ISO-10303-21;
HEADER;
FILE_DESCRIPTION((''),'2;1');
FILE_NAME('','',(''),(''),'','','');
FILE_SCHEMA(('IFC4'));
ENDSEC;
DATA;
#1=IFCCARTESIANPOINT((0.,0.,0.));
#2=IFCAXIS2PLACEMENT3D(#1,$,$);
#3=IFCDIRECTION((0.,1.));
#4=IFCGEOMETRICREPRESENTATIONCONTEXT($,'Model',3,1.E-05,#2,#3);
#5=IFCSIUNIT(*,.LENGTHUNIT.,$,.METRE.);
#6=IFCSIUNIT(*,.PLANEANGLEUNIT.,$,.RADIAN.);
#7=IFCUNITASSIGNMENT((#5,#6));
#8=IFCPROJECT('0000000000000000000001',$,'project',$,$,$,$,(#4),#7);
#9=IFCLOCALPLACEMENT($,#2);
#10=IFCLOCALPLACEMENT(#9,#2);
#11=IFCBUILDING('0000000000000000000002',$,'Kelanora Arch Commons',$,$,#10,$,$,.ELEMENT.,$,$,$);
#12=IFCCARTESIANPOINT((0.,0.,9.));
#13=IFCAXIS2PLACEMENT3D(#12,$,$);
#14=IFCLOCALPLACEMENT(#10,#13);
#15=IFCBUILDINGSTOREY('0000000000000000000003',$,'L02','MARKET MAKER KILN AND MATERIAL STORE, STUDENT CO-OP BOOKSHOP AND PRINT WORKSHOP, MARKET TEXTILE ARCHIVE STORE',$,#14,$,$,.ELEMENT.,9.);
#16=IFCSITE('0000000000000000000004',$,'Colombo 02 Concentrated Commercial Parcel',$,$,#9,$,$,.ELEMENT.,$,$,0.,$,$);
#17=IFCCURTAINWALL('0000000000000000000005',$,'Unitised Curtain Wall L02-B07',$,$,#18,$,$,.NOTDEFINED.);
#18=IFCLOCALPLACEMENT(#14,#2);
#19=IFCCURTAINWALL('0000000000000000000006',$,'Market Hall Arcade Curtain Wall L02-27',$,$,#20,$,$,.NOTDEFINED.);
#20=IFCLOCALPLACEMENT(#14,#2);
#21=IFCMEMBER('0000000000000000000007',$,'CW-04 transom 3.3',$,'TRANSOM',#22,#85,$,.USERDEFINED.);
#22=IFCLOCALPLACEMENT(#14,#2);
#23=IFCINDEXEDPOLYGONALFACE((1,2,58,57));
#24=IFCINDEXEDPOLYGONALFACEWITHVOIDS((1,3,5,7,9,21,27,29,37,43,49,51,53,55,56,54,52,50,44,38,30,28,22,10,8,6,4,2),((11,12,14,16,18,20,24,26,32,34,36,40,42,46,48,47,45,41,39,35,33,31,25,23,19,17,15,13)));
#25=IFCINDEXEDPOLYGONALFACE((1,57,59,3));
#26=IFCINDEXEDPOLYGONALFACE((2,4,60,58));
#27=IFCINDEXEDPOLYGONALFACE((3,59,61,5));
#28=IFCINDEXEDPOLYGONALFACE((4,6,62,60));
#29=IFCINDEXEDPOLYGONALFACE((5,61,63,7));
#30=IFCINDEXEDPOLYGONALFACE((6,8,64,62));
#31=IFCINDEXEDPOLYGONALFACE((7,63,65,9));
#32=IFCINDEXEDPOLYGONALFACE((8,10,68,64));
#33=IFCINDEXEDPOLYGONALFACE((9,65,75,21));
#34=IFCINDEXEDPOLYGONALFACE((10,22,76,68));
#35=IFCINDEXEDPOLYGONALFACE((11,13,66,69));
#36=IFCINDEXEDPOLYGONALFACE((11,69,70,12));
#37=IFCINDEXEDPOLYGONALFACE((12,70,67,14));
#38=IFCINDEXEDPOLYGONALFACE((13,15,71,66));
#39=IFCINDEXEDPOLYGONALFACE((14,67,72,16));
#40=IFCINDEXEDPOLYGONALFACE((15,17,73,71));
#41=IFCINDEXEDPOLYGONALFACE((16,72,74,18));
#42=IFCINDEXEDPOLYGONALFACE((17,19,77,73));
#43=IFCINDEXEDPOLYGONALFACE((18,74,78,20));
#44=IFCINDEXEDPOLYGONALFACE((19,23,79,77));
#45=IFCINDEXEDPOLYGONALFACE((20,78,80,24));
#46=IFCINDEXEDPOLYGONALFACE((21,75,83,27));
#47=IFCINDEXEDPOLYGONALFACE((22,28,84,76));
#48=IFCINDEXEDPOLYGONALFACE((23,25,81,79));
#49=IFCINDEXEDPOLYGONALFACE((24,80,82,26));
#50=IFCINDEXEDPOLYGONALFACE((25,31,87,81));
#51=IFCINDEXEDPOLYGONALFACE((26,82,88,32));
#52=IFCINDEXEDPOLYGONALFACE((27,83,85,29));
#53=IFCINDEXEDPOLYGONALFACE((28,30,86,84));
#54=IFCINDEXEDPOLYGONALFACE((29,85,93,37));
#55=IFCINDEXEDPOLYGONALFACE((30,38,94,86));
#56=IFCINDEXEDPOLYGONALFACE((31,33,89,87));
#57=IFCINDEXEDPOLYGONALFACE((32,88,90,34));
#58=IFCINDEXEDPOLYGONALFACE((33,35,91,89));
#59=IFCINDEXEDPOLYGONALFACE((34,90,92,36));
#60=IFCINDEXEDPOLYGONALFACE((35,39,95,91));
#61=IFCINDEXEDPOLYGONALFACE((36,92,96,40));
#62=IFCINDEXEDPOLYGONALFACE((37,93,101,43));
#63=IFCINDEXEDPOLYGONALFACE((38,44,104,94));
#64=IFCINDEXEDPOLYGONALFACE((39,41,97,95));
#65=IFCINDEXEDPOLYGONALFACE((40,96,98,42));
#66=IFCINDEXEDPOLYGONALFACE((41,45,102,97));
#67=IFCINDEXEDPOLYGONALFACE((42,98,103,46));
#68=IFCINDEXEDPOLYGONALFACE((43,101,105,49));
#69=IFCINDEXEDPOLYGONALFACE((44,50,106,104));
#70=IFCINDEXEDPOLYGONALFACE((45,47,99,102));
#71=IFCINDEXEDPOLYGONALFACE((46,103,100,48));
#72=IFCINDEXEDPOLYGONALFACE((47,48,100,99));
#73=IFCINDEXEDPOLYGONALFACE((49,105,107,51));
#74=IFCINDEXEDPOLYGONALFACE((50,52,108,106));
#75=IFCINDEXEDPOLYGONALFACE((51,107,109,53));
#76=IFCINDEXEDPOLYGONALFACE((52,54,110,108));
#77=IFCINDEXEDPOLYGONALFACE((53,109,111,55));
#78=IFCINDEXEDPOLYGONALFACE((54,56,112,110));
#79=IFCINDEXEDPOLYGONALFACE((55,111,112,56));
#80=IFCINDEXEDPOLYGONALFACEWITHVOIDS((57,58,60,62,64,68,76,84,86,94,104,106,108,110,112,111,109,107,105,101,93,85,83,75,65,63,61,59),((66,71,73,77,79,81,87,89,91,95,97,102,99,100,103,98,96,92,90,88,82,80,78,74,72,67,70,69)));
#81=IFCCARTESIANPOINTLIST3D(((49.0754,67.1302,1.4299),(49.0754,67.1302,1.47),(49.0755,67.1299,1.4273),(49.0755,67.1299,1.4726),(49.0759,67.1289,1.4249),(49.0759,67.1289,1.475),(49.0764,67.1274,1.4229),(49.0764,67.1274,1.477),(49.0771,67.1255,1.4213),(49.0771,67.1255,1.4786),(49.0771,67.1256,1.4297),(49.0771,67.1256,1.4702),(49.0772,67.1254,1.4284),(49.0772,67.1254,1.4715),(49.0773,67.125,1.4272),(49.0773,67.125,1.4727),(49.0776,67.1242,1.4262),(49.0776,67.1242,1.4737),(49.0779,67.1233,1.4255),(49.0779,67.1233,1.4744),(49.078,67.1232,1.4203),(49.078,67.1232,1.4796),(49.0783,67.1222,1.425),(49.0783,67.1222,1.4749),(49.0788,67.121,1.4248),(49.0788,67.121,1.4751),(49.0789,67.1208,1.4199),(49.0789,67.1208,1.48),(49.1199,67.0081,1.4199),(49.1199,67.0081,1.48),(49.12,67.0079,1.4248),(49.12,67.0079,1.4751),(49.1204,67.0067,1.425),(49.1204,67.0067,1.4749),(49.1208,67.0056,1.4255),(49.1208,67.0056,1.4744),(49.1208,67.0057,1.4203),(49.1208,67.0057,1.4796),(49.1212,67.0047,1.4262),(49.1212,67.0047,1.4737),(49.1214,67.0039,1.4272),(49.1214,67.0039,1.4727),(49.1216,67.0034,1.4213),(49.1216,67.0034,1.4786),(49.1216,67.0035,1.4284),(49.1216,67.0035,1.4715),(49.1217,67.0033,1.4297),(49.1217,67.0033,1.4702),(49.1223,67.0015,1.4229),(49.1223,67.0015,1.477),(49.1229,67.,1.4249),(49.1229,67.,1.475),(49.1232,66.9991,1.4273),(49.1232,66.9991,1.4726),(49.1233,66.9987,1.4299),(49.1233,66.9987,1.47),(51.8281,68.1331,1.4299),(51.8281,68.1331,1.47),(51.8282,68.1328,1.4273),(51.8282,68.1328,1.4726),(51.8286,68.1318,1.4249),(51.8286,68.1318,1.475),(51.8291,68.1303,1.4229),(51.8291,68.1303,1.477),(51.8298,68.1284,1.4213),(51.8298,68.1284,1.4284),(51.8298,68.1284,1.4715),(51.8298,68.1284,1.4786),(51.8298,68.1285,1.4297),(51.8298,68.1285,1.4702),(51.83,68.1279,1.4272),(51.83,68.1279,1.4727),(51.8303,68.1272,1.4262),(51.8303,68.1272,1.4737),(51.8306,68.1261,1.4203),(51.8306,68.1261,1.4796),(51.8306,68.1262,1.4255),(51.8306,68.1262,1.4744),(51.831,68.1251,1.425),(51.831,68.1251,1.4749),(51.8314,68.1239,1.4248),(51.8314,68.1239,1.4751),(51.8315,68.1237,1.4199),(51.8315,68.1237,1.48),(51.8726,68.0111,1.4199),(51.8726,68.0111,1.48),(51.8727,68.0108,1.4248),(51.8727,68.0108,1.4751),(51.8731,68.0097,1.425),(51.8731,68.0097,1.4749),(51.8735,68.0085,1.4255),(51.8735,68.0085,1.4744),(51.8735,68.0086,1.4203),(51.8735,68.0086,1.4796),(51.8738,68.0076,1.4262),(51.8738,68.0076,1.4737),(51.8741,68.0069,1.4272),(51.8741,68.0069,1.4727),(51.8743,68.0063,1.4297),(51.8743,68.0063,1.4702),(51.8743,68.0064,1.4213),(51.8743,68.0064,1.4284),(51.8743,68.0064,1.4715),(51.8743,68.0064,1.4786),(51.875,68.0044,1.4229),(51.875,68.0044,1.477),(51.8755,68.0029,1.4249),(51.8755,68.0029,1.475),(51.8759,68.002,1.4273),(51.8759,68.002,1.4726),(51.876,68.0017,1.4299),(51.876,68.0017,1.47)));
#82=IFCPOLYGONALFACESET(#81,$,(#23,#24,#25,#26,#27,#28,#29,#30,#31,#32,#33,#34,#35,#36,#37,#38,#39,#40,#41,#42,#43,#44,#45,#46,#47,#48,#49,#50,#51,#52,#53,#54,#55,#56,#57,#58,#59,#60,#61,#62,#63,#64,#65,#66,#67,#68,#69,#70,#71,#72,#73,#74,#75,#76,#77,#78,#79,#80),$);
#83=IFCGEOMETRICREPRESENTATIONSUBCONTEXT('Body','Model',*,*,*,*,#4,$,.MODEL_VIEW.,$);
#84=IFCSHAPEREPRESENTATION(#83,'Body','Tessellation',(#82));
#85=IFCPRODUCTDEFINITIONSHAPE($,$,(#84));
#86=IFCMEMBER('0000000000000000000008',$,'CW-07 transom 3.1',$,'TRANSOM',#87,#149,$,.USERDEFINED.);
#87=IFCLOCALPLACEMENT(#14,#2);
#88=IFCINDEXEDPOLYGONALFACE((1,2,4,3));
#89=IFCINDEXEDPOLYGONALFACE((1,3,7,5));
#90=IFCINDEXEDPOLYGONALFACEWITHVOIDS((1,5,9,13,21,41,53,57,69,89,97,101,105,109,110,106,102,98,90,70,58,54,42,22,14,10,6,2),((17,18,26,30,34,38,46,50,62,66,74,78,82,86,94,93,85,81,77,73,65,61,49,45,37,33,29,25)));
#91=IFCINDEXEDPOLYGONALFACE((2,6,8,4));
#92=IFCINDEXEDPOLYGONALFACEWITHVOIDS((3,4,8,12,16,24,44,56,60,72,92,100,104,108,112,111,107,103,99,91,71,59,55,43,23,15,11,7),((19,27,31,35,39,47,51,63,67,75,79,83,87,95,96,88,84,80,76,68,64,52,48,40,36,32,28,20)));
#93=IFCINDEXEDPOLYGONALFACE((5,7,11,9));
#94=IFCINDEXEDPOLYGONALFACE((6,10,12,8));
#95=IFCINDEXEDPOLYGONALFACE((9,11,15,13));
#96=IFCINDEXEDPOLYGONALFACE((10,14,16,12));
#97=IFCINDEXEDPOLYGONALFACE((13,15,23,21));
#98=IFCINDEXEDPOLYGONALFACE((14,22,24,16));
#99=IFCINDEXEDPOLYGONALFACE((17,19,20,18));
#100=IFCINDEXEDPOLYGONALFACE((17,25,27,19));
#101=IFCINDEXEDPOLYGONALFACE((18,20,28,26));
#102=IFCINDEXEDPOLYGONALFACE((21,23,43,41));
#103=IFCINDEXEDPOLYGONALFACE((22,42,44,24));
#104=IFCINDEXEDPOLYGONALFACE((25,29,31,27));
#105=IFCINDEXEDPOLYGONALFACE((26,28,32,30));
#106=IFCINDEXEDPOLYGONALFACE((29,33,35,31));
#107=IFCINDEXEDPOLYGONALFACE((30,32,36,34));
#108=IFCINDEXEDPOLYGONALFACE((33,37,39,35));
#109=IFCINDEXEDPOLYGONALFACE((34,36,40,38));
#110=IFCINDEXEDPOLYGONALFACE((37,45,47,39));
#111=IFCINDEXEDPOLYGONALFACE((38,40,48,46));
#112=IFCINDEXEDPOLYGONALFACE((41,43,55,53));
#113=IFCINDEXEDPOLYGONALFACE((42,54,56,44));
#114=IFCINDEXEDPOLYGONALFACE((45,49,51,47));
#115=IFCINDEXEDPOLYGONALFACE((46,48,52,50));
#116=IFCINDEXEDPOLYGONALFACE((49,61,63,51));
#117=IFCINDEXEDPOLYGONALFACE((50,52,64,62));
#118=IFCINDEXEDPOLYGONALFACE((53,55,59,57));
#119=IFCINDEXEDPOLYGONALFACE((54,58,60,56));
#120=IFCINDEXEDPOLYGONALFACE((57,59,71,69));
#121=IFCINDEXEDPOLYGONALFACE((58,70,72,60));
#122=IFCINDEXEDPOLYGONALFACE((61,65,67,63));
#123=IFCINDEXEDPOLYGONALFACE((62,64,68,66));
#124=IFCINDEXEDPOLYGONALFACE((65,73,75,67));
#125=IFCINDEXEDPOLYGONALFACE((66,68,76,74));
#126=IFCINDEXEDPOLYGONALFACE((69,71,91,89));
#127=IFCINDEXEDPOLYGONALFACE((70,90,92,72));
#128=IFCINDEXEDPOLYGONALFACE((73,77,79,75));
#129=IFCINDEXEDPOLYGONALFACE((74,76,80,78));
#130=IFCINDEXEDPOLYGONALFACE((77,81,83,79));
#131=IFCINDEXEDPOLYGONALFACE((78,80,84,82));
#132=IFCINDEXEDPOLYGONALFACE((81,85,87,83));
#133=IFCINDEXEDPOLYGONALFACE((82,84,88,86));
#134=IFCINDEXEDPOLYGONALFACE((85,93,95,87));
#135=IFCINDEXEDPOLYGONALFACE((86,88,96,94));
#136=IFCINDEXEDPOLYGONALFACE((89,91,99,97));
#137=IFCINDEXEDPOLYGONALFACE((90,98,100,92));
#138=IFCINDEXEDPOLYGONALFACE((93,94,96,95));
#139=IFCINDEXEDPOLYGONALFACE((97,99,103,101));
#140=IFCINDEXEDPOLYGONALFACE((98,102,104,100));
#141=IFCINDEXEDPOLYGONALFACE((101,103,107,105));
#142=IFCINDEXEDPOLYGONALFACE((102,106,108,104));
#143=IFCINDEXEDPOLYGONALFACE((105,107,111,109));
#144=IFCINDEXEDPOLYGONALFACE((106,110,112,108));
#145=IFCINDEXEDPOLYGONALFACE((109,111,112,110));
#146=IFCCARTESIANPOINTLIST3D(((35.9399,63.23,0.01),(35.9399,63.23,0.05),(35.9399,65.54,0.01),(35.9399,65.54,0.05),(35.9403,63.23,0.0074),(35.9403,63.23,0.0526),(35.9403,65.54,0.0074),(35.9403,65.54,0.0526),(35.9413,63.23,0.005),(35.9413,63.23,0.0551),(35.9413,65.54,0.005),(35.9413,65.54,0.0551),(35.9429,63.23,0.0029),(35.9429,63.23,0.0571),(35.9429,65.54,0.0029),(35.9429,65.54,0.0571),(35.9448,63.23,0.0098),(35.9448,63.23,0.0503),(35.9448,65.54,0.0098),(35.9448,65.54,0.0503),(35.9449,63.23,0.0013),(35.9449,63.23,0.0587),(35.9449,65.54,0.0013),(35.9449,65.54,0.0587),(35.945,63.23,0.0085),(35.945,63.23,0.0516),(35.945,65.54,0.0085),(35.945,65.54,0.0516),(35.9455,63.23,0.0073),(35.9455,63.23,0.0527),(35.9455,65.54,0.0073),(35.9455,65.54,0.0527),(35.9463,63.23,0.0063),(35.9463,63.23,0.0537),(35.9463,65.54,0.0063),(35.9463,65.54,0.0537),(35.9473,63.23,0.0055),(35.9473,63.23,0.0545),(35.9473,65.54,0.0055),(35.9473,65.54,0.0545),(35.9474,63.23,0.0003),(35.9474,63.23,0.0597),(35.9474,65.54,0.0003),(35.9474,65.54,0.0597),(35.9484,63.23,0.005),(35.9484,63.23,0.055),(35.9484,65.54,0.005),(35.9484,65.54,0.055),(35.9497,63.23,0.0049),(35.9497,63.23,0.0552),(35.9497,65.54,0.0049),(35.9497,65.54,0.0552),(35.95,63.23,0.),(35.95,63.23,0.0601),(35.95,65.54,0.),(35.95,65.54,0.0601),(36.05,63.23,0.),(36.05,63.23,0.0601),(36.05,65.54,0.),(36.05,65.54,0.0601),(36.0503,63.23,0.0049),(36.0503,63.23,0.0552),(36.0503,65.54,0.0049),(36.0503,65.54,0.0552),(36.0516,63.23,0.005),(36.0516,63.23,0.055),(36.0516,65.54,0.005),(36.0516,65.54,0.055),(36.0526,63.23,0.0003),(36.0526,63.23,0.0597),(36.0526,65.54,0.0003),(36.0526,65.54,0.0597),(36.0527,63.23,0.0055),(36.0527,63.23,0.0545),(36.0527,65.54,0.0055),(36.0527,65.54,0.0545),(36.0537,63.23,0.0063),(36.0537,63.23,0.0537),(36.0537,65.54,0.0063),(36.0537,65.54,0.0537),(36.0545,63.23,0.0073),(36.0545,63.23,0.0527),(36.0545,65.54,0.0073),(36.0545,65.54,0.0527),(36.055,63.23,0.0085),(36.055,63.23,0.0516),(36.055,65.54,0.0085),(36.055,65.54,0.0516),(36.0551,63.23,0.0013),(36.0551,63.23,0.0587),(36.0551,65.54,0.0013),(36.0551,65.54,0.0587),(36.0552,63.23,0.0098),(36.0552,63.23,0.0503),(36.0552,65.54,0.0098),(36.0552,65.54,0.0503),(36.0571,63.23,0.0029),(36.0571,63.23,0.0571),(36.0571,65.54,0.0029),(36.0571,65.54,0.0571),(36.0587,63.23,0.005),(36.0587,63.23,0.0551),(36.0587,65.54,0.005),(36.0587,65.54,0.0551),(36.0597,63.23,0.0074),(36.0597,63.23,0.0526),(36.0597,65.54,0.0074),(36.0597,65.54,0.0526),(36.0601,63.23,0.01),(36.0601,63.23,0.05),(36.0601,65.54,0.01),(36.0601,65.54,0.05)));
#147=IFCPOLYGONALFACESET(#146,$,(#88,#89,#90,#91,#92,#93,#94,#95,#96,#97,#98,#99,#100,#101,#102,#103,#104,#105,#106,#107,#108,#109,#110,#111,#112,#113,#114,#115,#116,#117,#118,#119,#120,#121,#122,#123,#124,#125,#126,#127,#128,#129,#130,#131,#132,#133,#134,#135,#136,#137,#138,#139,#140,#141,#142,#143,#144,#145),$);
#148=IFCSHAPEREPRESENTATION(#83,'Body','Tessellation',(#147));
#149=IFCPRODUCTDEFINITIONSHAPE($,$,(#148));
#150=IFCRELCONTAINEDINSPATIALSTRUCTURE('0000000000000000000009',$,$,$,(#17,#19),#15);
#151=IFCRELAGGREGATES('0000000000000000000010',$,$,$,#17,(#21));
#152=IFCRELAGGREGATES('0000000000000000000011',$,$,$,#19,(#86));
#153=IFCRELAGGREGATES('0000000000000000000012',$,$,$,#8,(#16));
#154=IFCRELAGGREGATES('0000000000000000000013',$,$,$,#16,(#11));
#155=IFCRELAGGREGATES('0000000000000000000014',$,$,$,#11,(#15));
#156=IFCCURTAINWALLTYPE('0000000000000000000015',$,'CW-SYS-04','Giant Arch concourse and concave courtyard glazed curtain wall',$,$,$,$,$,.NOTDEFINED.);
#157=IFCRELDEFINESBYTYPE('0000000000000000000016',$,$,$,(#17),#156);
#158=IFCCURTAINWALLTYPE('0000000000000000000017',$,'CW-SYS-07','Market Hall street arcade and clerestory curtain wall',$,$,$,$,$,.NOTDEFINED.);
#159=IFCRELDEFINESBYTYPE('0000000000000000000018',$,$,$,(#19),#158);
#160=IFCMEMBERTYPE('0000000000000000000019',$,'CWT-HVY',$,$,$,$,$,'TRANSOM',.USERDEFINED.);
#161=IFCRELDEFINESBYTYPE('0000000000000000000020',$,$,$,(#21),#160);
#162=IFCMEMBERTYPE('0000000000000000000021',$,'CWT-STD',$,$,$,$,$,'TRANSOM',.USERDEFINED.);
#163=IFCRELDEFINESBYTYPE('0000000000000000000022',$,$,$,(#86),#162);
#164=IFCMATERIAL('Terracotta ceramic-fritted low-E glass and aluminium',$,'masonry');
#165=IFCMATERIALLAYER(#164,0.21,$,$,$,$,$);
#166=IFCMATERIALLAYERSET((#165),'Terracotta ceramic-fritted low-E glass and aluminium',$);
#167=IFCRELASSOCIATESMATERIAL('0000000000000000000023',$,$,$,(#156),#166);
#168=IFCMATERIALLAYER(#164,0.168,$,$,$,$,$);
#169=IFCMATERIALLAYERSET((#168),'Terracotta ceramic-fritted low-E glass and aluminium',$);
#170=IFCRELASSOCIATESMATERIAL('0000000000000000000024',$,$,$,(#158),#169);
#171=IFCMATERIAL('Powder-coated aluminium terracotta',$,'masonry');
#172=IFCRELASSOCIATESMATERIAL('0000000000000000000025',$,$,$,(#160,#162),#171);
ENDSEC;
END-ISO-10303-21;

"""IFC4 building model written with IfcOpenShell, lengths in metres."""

from ifc_helpers import new_model, si_unit, direction, frame, origin, origin_2d, place, context, subcontext, project, spatial, hollow_rectangle, extrude, material, layer, layer_set, material_profile, profile_set, type_object, element, aggregate, save


model = new_model("IFC4")

# Units and contexts
model_context = context("Model", 3, precision=1e-05, world=origin(), true_north=direction((0.0, 1.0)))
body_context = subcontext(model_context, "Body", "Model", "MODEL_VIEW")
ifc_project = project(units=[si_unit("LENGTHUNIT", "METRE"), si_unit("PLANEANGLEUNIT", "RADIAN")], contexts=[model_context])

# Site, building, storey
site_placement = place(None, origin())
site = spatial("IfcSite", under=ifc_project, at=site_placement, Name="Colombo 02 Concentrated Commercial Parcel", CompositionType="ELEMENT", RefElevation=0.0)
building_placement = place(site_placement, origin())
building = spatial("IfcBuilding", under=site, at=building_placement, Name="Kelanora Arch Commons", CompositionType="ELEMENT")
storey_placement = place(building_placement, frame((0.0, 0.0, 9.0)))
storey = spatial("IfcBuildingStorey", under=building, at=storey_placement, Name="L02", Description="MARKET MAKER KILN AND MATERIAL STORE, STUDENT CO-OP BOOKSHOP AND PRINT WORKSHOP, MARKET TEXTILE ARCHIVE STORE", CompositionType="ELEMENT", Elevation=9.0)

# Curtain walls
ifc_material_1 = material(Name="Terracotta ceramic-fritted low-E glass and aluminium", Category="masonry")
ifc_layer_1 = layer(ifc_material_1, 0.21)
ifc_layer_set_1 = layer_set([ifc_layer_1], Name="Terracotta ceramic-fritted low-E glass and aluminium")
curtain_wall_type_1 = type_object("IfcCurtainWallType", Name="CW-SYS-04", Description="Giant Arch concourse and concave courtyard glazed curtain wall", PredefinedType="NOTDEFINED", material=ifc_layer_set_1)
curtain_wall_1_placement = place(storey_placement, origin())
curtain_wall_1 = element("IfcCurtainWall", 1, at=curtain_wall_1_placement, inside=storey, type_object=curtain_wall_type_1, Name="Unitised Curtain Wall L02-B07", PredefinedType="NOTDEFINED")
ifc_material_2 = material(Name="Powder-coated aluminium terracotta", Category="masonry")
ifc_layer_2 = layer(ifc_material_1, 0.168)
ifc_layer_set_2 = layer_set([ifc_layer_2], Name="Terracotta ceramic-fritted low-E glass and aluminium")
curtain_wall_type_2 = type_object("IfcCurtainWallType", Name="CW-SYS-07", Description="Market Hall street arcade and clerestory curtain wall", PredefinedType="NOTDEFINED", material=ifc_layer_set_2)
curtain_wall_2_placement = place(storey_placement, origin())
curtain_wall_2 = element("IfcCurtainWall", 2, at=curtain_wall_2_placement, inside=storey, type_object=curtain_wall_type_2, Name="Market Hall Arcade Curtain Wall L02-27", PredefinedType="NOTDEFINED")

# Members
ifc_material_profile_1 = material_profile(ifc_material_2, hollow_rectangle(XDim=0.1399, YDim=0.0601, WallThickness=0.0049, InnerFilletRadius=0.0049, OuterFilletRadius=0.01, at=origin_2d()), Name="CWT140x60")
ifc_profile_set_1 = profile_set([ifc_material_profile_1], Name="Powder-coated aluminium terracotta")
member_type_1 = type_object("IfcMemberType", Name="CWT-HVY", ElementType="TRANSOM", PredefinedType="USERDEFINED", material=ifc_profile_set_1)
member_1_placement = place(storey_placement, frame((51.8521, 68.0674, 1.45), z_axis=(-0.939579, -0.342332, 0.0), x_axis=(0.342332, -0.939579, 0.0)))
member_1 = element("IfcMember", 3, at=member_1_placement, type_object=member_type_1, Name="CW-04 transom 3.3", ObjectType="TRANSOM", PredefinedType="USERDEFINED", context=body_context, shape_type="SweptSolid", body=[
    extrude(hollow_rectangle(XDim=0.1399, YDim=0.0601, WallThickness=0.0049, InnerFilletRadius=0.0049, OuterFilletRadius=0.01, at=origin_2d()), origin(), (0.0, 0.0, 1.0), 2.9297),
])
ifc_material_profile_2 = material_profile(ifc_material_2, hollow_rectangle(XDim=0.1201, YDim=0.0601, WallThickness=0.0049, InnerFilletRadius=0.0049, OuterFilletRadius=0.01, at=origin_2d()), Name="CWT120x60")
ifc_profile_set_2 = profile_set([ifc_material_profile_2], Name="Powder-coated aluminium terracotta")
member_type_2 = type_object("IfcMemberType", Name="CWT-STD", ElementType="TRANSOM", PredefinedType="USERDEFINED", material=ifc_profile_set_2)
member_2_placement = place(storey_placement, frame((36.0, 63.23, 0.03), z_axis=(0.0, 1.0, 0.0), x_axis=(-1.0, 0.0, 0.0)))
member_2 = element("IfcMember", 4, at=member_2_placement, type_object=member_type_2, Name="CW-07 transom 3.1", ObjectType="TRANSOM", PredefinedType="USERDEFINED", context=body_context, shape_type="SweptSolid", body=[
    extrude(hollow_rectangle(XDim=0.1201, YDim=0.0601, WallThickness=0.0049, InnerFilletRadius=0.0049, OuterFilletRadius=0.01, at=origin_2d()), origin(), (0.0, 0.0, 1.0), 2.3101),
])

aggregate(curtain_wall_1, [member_1])
aggregate(curtain_wall_2, [member_2])

save(model, "model.ifc")
